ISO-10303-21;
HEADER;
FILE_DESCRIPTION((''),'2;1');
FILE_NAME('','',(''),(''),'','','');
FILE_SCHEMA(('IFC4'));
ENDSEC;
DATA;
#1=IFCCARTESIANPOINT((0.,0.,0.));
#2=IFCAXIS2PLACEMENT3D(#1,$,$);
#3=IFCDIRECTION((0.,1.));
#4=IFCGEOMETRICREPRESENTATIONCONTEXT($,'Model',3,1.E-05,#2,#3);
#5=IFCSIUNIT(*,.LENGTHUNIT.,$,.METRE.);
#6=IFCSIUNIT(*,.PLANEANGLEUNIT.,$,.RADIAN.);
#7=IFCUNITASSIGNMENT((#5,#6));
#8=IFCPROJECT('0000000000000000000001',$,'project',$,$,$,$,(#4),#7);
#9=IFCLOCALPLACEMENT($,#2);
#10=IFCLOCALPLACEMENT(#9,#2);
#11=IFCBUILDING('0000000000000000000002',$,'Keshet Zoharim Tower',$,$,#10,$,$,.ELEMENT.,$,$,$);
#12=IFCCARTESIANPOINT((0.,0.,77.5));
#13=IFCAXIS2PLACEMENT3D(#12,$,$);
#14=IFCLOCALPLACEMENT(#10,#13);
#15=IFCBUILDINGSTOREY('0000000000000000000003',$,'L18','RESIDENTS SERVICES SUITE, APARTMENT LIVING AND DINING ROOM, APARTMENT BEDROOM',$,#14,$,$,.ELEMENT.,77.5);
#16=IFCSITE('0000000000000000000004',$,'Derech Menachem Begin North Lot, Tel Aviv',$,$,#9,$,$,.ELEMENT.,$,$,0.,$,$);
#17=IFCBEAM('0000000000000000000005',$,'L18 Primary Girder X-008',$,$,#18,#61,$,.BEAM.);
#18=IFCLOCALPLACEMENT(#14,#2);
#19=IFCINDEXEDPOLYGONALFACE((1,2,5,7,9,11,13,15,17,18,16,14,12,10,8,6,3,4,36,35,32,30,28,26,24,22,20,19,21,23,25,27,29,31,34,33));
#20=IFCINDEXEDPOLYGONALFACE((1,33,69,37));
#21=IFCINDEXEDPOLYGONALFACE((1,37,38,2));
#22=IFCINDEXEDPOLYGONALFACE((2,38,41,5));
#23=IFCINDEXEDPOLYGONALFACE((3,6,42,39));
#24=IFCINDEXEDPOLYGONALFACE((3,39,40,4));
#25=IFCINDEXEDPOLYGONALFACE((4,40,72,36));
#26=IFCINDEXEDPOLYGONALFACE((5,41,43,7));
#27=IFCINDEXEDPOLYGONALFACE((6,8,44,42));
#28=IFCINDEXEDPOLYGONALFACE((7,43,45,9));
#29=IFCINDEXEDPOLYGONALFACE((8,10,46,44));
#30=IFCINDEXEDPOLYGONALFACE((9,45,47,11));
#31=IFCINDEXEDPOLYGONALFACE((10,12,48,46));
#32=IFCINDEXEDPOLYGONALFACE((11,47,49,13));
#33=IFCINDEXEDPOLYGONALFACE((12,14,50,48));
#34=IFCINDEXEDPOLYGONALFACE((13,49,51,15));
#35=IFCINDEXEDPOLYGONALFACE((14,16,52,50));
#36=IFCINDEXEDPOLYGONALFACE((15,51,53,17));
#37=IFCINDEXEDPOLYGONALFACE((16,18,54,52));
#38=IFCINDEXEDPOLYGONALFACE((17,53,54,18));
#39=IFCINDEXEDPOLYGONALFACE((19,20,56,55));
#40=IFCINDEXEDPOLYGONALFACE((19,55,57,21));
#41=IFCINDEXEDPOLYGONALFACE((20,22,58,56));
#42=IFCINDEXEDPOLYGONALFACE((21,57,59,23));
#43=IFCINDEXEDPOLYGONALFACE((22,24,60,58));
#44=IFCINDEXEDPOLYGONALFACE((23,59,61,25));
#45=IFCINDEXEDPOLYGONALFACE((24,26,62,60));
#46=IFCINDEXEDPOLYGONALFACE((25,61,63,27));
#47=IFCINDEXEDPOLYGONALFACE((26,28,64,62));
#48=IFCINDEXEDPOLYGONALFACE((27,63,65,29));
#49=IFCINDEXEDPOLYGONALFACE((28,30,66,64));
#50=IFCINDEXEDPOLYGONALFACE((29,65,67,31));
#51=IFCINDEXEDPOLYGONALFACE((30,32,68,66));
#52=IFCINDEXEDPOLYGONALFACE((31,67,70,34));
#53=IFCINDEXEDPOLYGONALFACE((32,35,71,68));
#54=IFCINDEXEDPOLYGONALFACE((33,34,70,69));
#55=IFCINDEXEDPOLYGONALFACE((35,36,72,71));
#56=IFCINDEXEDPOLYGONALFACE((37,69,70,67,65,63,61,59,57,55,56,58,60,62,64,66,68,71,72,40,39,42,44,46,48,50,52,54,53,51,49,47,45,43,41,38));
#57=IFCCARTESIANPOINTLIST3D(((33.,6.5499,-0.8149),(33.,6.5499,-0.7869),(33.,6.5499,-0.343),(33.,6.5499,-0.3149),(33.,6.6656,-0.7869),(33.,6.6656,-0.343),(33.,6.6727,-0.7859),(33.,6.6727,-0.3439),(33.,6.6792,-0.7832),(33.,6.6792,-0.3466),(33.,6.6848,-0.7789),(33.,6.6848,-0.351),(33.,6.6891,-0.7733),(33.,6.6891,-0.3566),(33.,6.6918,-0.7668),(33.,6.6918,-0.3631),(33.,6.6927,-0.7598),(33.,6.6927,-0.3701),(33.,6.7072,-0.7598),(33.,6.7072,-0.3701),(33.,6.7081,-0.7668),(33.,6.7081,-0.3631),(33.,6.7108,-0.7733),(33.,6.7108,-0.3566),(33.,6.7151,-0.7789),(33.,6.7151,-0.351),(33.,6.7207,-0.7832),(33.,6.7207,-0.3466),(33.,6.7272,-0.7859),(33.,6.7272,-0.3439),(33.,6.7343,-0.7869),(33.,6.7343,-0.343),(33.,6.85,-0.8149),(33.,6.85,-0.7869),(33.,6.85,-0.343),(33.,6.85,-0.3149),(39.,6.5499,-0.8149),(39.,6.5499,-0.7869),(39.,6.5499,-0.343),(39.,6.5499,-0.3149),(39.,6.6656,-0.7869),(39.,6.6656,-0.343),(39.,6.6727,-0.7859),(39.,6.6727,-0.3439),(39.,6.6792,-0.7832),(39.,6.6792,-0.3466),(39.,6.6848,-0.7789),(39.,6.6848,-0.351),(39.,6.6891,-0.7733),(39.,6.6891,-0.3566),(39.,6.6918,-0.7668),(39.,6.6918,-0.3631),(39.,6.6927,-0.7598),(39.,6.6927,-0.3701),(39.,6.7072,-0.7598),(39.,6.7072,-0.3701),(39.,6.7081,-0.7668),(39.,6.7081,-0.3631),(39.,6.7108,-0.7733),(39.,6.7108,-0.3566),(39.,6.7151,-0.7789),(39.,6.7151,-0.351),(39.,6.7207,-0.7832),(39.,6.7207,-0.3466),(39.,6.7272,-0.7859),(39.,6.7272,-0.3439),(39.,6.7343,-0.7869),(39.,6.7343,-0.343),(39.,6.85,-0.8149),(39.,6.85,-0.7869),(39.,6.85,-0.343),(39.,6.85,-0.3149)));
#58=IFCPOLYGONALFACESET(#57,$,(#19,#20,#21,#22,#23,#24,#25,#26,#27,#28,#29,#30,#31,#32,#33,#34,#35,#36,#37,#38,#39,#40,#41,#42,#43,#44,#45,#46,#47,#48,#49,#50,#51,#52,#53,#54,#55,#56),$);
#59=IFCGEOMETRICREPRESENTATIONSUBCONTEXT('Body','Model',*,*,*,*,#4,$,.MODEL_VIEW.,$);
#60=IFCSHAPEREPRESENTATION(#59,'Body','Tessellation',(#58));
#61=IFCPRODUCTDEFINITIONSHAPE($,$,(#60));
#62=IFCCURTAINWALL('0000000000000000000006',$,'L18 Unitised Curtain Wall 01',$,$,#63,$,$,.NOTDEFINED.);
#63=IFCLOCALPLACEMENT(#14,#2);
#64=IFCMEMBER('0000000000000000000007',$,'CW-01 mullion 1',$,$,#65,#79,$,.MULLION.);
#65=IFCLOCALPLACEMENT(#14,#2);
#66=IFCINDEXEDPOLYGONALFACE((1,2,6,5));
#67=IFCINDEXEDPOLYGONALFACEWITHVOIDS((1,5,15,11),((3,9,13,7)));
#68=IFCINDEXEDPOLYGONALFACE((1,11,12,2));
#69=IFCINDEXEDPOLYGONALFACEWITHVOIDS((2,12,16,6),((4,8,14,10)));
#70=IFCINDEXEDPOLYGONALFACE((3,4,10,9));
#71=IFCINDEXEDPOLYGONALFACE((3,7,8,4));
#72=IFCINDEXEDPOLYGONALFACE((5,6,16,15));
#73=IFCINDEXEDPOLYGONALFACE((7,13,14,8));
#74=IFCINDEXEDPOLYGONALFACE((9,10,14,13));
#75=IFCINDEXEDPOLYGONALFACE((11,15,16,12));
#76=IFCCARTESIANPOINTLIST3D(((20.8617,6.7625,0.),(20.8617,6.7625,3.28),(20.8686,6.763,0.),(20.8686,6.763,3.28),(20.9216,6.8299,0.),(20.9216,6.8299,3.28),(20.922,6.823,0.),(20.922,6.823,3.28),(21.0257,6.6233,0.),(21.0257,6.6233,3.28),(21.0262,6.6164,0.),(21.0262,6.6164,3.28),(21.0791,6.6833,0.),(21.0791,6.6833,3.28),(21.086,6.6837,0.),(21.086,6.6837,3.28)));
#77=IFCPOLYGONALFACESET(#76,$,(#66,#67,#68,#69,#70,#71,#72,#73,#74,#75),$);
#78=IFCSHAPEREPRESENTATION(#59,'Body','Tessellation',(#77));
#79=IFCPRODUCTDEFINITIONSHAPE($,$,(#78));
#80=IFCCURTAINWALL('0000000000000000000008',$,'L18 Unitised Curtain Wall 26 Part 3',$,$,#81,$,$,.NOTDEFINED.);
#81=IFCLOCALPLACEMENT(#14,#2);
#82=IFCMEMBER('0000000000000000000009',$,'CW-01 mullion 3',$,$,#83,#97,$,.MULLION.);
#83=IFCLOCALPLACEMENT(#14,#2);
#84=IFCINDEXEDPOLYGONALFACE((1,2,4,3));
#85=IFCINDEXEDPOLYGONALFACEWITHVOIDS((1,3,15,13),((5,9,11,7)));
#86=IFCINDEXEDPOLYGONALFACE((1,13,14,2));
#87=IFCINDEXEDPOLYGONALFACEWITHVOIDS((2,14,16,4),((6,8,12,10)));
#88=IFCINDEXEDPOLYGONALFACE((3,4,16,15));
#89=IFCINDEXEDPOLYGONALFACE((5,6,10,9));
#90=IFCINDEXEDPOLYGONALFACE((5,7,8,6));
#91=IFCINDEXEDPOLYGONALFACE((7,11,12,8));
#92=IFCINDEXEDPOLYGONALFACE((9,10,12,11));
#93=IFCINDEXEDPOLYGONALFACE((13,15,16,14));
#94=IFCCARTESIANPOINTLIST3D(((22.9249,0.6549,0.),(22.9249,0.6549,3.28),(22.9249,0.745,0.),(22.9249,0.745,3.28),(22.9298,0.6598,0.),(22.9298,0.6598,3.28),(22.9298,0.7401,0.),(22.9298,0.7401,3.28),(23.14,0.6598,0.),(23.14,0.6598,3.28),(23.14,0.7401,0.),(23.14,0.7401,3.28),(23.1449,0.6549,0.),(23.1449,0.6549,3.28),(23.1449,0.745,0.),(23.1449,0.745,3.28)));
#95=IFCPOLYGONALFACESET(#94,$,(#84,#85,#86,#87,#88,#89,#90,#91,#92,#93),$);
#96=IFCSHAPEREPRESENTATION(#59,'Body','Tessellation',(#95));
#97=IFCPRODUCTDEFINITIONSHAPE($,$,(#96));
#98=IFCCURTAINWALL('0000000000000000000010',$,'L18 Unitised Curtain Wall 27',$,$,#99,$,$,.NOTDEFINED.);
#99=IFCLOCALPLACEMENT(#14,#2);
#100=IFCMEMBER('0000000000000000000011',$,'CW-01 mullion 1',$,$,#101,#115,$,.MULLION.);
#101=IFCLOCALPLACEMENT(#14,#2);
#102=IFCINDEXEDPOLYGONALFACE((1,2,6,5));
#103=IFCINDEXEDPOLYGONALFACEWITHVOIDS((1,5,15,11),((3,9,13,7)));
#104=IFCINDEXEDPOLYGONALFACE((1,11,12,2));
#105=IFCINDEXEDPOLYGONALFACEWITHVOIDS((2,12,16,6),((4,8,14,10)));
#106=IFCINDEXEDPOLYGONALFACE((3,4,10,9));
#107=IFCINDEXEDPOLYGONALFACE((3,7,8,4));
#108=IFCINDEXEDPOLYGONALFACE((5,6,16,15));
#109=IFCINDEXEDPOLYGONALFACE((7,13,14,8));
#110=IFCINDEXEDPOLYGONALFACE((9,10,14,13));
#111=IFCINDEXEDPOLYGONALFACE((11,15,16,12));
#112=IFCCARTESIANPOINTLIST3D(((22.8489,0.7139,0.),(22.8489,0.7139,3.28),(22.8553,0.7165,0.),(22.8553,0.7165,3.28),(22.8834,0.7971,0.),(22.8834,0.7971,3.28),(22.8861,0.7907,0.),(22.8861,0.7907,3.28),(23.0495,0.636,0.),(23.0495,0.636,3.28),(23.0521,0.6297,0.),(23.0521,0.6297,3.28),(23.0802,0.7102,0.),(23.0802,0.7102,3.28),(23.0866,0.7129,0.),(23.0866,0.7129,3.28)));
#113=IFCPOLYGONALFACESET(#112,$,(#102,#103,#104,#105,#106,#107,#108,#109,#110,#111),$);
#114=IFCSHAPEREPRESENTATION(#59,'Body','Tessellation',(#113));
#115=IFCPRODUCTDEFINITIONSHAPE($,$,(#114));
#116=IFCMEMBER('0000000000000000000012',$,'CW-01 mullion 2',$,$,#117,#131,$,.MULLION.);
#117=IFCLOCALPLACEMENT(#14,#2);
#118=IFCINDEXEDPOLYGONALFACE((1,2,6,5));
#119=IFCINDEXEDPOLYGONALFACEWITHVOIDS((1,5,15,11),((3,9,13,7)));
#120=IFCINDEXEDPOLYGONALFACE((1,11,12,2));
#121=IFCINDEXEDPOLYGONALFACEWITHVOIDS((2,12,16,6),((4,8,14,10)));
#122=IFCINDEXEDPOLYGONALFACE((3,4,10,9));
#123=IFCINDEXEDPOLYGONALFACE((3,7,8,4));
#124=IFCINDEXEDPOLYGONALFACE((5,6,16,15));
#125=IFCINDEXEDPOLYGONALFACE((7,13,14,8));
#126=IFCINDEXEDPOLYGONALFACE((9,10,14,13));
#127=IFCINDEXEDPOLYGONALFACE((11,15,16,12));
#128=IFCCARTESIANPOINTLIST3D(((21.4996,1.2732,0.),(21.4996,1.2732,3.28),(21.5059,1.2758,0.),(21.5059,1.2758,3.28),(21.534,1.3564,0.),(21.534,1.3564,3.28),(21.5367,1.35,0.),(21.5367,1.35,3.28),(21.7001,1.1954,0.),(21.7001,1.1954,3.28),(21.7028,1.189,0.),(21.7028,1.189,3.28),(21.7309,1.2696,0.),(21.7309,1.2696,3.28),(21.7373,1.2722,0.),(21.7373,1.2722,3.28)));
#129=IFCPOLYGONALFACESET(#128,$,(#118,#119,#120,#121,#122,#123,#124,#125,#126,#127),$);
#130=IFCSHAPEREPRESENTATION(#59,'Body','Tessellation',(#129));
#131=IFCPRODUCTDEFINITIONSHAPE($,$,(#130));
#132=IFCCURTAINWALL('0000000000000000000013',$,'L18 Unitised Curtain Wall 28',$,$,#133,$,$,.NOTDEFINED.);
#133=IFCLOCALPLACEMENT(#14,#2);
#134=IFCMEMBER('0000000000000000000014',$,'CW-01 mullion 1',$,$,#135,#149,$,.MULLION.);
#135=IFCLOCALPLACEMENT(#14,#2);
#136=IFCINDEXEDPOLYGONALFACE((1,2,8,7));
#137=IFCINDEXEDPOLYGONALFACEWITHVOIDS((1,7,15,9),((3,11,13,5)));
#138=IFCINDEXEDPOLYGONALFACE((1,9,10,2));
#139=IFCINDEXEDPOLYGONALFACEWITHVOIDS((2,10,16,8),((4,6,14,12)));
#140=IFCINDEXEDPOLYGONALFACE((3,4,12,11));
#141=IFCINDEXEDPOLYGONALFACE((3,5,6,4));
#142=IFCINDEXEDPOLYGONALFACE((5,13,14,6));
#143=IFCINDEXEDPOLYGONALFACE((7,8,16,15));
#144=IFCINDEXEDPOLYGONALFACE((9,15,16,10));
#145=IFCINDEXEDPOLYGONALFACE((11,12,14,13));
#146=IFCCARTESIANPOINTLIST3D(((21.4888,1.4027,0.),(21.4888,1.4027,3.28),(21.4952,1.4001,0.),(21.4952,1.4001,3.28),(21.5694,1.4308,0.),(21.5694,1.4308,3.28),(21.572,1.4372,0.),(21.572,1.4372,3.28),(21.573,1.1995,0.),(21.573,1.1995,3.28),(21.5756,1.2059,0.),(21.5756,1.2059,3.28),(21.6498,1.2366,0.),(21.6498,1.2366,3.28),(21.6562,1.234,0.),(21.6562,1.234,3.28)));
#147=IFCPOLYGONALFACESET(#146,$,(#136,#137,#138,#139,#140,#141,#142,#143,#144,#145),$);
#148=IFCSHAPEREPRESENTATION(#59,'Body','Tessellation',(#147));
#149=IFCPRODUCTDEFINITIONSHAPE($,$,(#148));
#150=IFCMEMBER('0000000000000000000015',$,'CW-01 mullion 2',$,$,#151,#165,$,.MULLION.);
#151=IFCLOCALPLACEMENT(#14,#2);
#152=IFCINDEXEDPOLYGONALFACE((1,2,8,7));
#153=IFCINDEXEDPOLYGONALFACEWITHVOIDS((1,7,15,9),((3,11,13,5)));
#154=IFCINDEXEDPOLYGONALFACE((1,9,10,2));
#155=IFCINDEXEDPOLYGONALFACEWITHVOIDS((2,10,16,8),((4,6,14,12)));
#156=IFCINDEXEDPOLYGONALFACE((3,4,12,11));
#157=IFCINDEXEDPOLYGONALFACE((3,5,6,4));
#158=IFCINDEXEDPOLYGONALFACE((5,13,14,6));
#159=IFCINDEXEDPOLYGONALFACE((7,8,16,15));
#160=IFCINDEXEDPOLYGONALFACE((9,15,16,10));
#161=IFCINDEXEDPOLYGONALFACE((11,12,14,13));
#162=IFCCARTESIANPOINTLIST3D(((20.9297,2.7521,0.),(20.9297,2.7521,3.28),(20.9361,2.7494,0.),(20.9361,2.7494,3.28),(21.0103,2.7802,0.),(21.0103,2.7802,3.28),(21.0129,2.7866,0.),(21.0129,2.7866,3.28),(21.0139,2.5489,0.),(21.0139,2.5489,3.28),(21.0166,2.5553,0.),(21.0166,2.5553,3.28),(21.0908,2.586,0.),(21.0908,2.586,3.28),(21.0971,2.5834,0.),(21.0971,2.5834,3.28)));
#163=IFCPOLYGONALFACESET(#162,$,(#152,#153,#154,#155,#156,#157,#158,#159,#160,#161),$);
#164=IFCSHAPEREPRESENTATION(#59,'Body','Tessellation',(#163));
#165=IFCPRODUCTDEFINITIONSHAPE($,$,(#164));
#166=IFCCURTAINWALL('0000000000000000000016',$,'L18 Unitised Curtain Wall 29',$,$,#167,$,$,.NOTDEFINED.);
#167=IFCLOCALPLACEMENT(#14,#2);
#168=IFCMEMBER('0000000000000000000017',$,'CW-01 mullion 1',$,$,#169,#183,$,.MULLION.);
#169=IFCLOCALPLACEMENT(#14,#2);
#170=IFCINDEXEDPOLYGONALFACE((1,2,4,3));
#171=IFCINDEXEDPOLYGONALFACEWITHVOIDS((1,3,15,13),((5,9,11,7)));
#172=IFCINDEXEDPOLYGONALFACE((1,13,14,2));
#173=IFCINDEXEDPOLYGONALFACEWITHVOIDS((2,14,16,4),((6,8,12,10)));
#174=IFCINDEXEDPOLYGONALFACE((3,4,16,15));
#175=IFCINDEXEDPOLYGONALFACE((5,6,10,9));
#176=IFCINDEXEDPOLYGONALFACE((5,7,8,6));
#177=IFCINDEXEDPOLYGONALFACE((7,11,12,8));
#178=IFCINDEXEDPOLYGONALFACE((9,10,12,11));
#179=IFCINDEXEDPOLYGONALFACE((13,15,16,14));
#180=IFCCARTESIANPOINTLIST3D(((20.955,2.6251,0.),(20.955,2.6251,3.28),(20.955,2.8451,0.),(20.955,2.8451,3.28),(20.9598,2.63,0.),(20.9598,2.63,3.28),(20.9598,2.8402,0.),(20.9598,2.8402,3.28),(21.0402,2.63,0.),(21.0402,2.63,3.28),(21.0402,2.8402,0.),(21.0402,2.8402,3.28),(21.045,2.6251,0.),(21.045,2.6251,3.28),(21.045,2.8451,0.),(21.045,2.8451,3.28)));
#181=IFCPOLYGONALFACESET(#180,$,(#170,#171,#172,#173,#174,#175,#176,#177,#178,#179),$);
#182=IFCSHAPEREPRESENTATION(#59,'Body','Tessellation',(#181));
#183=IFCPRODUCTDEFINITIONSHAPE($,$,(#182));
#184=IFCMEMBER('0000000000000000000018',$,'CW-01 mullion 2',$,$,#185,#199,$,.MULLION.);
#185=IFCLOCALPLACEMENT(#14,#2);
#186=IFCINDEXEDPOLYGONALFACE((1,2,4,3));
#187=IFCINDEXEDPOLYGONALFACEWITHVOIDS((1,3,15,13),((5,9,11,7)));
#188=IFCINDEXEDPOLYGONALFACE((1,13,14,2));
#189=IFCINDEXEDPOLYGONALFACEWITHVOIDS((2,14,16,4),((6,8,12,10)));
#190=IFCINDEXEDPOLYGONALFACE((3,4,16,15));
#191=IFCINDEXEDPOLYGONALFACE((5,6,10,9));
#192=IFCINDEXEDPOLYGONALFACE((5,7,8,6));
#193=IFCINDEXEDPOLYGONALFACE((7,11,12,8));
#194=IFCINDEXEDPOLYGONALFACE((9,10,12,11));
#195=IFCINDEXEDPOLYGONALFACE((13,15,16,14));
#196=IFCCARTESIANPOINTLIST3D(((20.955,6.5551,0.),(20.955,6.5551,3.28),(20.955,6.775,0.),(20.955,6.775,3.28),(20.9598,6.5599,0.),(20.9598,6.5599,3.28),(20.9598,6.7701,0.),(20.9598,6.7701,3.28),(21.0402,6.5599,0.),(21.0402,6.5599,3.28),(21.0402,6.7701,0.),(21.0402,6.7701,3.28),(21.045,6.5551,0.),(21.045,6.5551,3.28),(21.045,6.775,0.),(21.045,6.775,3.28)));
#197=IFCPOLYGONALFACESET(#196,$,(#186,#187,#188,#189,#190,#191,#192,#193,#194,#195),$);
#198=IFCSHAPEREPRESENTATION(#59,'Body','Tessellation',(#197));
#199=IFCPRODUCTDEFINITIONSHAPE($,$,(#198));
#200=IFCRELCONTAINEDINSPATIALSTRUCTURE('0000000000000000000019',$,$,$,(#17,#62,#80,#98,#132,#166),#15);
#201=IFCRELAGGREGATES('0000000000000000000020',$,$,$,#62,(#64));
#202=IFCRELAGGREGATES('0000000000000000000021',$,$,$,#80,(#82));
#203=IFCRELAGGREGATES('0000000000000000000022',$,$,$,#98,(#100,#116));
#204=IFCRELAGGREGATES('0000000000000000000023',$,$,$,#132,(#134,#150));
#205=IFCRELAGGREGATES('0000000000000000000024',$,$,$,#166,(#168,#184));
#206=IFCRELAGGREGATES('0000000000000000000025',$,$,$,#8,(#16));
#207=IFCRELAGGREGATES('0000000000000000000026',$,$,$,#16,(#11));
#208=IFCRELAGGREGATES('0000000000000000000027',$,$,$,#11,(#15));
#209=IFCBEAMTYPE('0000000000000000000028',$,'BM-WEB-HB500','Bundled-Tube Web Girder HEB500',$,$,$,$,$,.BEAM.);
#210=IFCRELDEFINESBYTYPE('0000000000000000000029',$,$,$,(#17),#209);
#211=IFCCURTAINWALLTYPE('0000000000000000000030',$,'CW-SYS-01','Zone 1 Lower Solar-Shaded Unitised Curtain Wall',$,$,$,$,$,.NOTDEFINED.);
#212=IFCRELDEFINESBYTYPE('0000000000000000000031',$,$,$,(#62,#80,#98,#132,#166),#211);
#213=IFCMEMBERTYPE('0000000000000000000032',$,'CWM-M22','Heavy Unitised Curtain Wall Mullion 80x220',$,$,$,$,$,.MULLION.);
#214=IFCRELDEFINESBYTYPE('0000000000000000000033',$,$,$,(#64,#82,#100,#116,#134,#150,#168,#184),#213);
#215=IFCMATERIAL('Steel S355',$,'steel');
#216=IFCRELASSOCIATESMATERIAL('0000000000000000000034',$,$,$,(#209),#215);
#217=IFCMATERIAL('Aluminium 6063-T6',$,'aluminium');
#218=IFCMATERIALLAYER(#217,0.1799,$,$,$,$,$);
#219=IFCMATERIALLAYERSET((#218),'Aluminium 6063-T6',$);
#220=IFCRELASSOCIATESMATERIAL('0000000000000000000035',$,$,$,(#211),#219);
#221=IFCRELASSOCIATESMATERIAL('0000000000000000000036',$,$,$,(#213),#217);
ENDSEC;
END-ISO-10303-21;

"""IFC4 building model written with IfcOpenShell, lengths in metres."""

from ifc_helpers import new_model, si_unit, direction, frame, origin, origin_2d, place, context, subcontext, project, spatial, hollow_rectangle, i_section, extrude, material, layer, layer_set, material_profile, profile_set, type_object, element, aggregate, save


model = new_model("IFC4")

# Units and contexts
model_context = context("Model", 3, precision=1e-05, world=origin(), true_north=direction((0.0, 1.0)))
body_context = subcontext(model_context, "Body", "Model", "MODEL_VIEW")
ifc_project = project(units=[si_unit("LENGTHUNIT", "METRE"), si_unit("PLANEANGLEUNIT", "RADIAN")], contexts=[model_context])

# Site, building, storey
site_placement = place(None, origin())
site = spatial("IfcSite", under=ifc_project, at=site_placement, Name="Derech Menachem Begin North Lot, Tel Aviv", CompositionType="ELEMENT", RefElevation=0.0)
building_placement = place(site_placement, origin())
building = spatial("IfcBuilding", under=site, at=building_placement, Name="Keshet Zoharim Tower", CompositionType="ELEMENT")
storey_placement = place(building_placement, frame((0.0, 0.0, 77.5)))
storey = spatial("IfcBuildingStorey", under=building, at=storey_placement, Name="L18", Description="RESIDENTS SERVICES SUITE, APARTMENT LIVING AND DINING ROOM, APARTMENT BEDROOM", CompositionType="ELEMENT", Elevation=77.5)

# Shared definitions
ifc_material_1 = material(Name="Steel S355", Category="steel")

# Beam
ifc_material_profile_1 = material_profile(ifc_material_1, i_section(OverallWidth=0.3, OverallDepth=0.5, WebThickness=0.0144, FlangeThickness=0.0281, FilletRadius=0.0271, at=origin_2d()), Name="HEB500")
ifc_profile_set_1 = profile_set([ifc_material_profile_1], Name="Steel S355")
beam_type_1 = type_object("IfcBeamType", Name="BM-WEB-HB500", Description="Bundled-Tube Web Girder HEB500", PredefinedType="BEAM", material=ifc_profile_set_1)
for number, where, z_axis, x_axis, name in (
    (1, (33.0, 6.7, -0.5649), (1.0, 0.0, 0.0), (0.0, 1.0, 0.0), "L18 Primary Girder X-008"),
):
    element("IfcBeam", number, at=place(storey_placement, frame(where, z_axis=z_axis, x_axis=x_axis)), inside=storey, type_object=beam_type_1, Name=name, PredefinedType="BEAM", context=body_context, shape_type="SweptSolid", body=[
        extrude(i_section(OverallWidth=0.3, OverallDepth=0.5, WebThickness=0.0144, FlangeThickness=0.0281, FilletRadius=0.0271, at=origin_2d()), origin(), (0.0, 0.0, 1.0), 6.0),
    ])

# Curtain walls, members
ifc_material_2 = material(Name="Aluminium 6063-T6", Category="aluminium")
ifc_layer_1 = layer(ifc_material_2, 0.1799)
ifc_layer_set_1 = layer_set([ifc_layer_1], Name="Aluminium 6063-T6")
curtain_wall_type = type_object("IfcCurtainWallType", Name="CW-SYS-01", Description="Zone 1 Lower Solar-Shaded Unitised Curtain Wall", PredefinedType="NOTDEFINED", material=ifc_layer_set_1)
curtain_wall_1_placement = place(storey_placement, origin())
curtain_wall_1 = element("IfcCurtainWall", 2, at=curtain_wall_1_placement, inside=storey, type_object=curtain_wall_type, Name="L18 Unitised Curtain Wall 01", PredefinedType="NOTDEFINED")
ifc_material_profile_2 = material_profile(ifc_material_2, hollow_rectangle(XDim=0.0901, YDim=0.22, WallThickness=0.0049, at=origin_2d()), Name="MUL-90x220")
ifc_profile_set_2 = profile_set([ifc_material_profile_2], Name="Aluminium 6063-T6")
member_type_1 = type_object("IfcMemberType", Name="CWM-M22", Description="Heavy Unitised Curtain Wall Mullion 80x220", PredefinedType="MULLION", material=ifc_profile_set_2)
member_1_placement = place(storey_placement, frame((20.9739, 6.7231, 0.0), z_axis=(0.0, 0.0, 1.0), x_axis=(-0.664367, -0.747406, 0.0)))
member_1 = element("IfcMember", 3, at=member_1_placement, type_object=member_type_1, Name="CW-01 mullion 1", PredefinedType="MULLION", context=body_context, shape_type="SweptSolid", body=[
    extrude(hollow_rectangle(XDim=0.0901, YDim=0.22, WallThickness=0.0049, at=origin_2d()), origin(), (0.0, 0.0, 1.0), 3.28),
])
aggregate(curtain_wall_1, [member_1])
curtain_wall_2_placement = place(storey_placement, origin())
curtain_wall_2 = element("IfcCurtainWall", 4, at=curtain_wall_2_placement, inside=storey, type_object=curtain_wall_type, Name="L18 Unitised Curtain Wall 26 Part 3", PredefinedType="NOTDEFINED")
member_2_placement = place(storey_placement, frame((23.0349, 0.7, 0.0), z_axis=(0.0, 0.0, 1.0), x_axis=(0.0, -1.0, 0.0)))
member_2 = element("IfcMember", 5, at=member_2_placement, type_object=member_type_1, Name="CW-01 mullion 3", PredefinedType="MULLION", context=body_context, shape_type="SweptSolid", body=[
    extrude(hollow_rectangle(XDim=0.0901, YDim=0.22, WallThickness=0.0049, at=origin_2d()), origin(), (0.0, 0.0, 1.0), 3.28),
])

# Curtain walls, members
curtain_wall_3_placement = place(storey_placement, origin())
curtain_wall_3 = element("IfcCurtainWall", 6, at=curtain_wall_3_placement, inside=storey, type_object=curtain_wall_type, Name="L18 Unitised Curtain Wall 27", PredefinedType="NOTDEFINED")
member_3_placement = place(storey_placement, frame((22.9678, 0.7134, 0.0), z_axis=(0.0, 0.0, 1.0), x_axis=(-0.382852, -0.92381, 0.0)))
member_3 = element("IfcMember", 7, at=member_3_placement, type_object=member_type_1, Name="CW-01 mullion 1", PredefinedType="MULLION", context=body_context, shape_type="SweptSolid", body=[
    extrude(hollow_rectangle(XDim=0.0901, YDim=0.22, WallThickness=0.0049, at=origin_2d()), origin(), (0.0, 0.0, 1.0), 3.28),
])
member_4_placement = place(storey_placement, frame((21.6184, 1.2727, 0.0), z_axis=(0.0, 0.0, 1.0), x_axis=(-0.382852, -0.92381, 0.0)))
member_4 = element("IfcMember", 8, at=member_4_placement, type_object=member_type_1, Name="CW-01 mullion 2", PredefinedType="MULLION", context=body_context, shape_type="SweptSolid", body=[
    extrude(hollow_rectangle(XDim=0.0901, YDim=0.22, WallThickness=0.0049, at=origin_2d()), origin(), (0.0, 0.0, 1.0), 3.28),
])
curtain_wall_4_placement = place(storey_placement, origin())
curtain_wall_4 = element("IfcCurtainWall", 9, at=curtain_wall_4_placement, inside=storey, type_object=curtain_wall_type, Name="L18 Unitised Curtain Wall 28", PredefinedType="NOTDEFINED")
member_5_placement = place(storey_placement, frame((21.5725, 1.3184, 0.0), z_axis=(0.0, 0.0, 1.0), x_axis=(-0.92381, -0.382852, 0.0)))
member_5 = element("IfcMember", 10, at=member_5_placement, type_object=member_type_1, Name="CW-01 mullion 1", PredefinedType="MULLION", context=body_context, shape_type="SweptSolid", body=[
    extrude(hollow_rectangle(XDim=0.0901, YDim=0.22, WallThickness=0.0049, at=origin_2d()), origin(), (0.0, 0.0, 1.0), 3.28),
])
member_6_placement = place(storey_placement, frame((21.0134, 2.6677, 0.0), z_axis=(0.0, 0.0, 1.0), x_axis=(-0.92381, -0.382852, 0.0)))
member_6 = element("IfcMember", 11, at=member_6_placement, type_object=member_type_1, Name="CW-01 mullion 2", PredefinedType="MULLION", context=body_context, shape_type="SweptSolid", body=[
    extrude(hollow_rectangle(XDim=0.0901, YDim=0.22, WallThickness=0.0049, at=origin_2d()), origin(), (0.0, 0.0, 1.0), 3.28),
])
curtain_wall_5_placement = place(storey_placement, origin())
curtain_wall_5 = element("IfcCurtainWall", 12, at=curtain_wall_5_placement, inside=storey, type_object=curtain_wall_type, Name="L18 Unitised Curtain Wall 29", PredefinedType="NOTDEFINED")
member_7_placement = place(storey_placement, frame((21.0, 2.7351, 0.0), z_axis=(0.0, 0.0, 1.0), x_axis=(-1.0, 0.0, 0.0)))
member_7 = element("IfcMember", 13, at=member_7_placement, type_object=member_type_1, Name="CW-01 mullion 1", PredefinedType="MULLION", context=body_context, shape_type="SweptSolid", body=[
    extrude(hollow_rectangle(XDim=0.0901, YDim=0.22, WallThickness=0.0049, at=origin_2d()), origin(), (0.0, 0.0, 1.0), 3.28),
])
member_8_placement = place(storey_placement, frame((21.0, 6.665, 0.0), z_axis=(0.0, 0.0, 1.0), x_axis=(-1.0, 0.0, 0.0)))
member_8 = element("IfcMember", 14, at=member_8_placement, type_object=member_type_1, Name="CW-01 mullion 2", PredefinedType="MULLION", context=body_context, shape_type="SweptSolid", body=[
    extrude(hollow_rectangle(XDim=0.0901, YDim=0.22, WallThickness=0.0049, at=origin_2d()), origin(), (0.0, 0.0, 1.0), 3.28),
])

aggregate(curtain_wall_2, [member_2])
aggregate(curtain_wall_3, [member_3, member_4])
aggregate(curtain_wall_4, [member_5, member_6])
aggregate(curtain_wall_5, [member_7, member_8])

save(model, "model.ifc")
